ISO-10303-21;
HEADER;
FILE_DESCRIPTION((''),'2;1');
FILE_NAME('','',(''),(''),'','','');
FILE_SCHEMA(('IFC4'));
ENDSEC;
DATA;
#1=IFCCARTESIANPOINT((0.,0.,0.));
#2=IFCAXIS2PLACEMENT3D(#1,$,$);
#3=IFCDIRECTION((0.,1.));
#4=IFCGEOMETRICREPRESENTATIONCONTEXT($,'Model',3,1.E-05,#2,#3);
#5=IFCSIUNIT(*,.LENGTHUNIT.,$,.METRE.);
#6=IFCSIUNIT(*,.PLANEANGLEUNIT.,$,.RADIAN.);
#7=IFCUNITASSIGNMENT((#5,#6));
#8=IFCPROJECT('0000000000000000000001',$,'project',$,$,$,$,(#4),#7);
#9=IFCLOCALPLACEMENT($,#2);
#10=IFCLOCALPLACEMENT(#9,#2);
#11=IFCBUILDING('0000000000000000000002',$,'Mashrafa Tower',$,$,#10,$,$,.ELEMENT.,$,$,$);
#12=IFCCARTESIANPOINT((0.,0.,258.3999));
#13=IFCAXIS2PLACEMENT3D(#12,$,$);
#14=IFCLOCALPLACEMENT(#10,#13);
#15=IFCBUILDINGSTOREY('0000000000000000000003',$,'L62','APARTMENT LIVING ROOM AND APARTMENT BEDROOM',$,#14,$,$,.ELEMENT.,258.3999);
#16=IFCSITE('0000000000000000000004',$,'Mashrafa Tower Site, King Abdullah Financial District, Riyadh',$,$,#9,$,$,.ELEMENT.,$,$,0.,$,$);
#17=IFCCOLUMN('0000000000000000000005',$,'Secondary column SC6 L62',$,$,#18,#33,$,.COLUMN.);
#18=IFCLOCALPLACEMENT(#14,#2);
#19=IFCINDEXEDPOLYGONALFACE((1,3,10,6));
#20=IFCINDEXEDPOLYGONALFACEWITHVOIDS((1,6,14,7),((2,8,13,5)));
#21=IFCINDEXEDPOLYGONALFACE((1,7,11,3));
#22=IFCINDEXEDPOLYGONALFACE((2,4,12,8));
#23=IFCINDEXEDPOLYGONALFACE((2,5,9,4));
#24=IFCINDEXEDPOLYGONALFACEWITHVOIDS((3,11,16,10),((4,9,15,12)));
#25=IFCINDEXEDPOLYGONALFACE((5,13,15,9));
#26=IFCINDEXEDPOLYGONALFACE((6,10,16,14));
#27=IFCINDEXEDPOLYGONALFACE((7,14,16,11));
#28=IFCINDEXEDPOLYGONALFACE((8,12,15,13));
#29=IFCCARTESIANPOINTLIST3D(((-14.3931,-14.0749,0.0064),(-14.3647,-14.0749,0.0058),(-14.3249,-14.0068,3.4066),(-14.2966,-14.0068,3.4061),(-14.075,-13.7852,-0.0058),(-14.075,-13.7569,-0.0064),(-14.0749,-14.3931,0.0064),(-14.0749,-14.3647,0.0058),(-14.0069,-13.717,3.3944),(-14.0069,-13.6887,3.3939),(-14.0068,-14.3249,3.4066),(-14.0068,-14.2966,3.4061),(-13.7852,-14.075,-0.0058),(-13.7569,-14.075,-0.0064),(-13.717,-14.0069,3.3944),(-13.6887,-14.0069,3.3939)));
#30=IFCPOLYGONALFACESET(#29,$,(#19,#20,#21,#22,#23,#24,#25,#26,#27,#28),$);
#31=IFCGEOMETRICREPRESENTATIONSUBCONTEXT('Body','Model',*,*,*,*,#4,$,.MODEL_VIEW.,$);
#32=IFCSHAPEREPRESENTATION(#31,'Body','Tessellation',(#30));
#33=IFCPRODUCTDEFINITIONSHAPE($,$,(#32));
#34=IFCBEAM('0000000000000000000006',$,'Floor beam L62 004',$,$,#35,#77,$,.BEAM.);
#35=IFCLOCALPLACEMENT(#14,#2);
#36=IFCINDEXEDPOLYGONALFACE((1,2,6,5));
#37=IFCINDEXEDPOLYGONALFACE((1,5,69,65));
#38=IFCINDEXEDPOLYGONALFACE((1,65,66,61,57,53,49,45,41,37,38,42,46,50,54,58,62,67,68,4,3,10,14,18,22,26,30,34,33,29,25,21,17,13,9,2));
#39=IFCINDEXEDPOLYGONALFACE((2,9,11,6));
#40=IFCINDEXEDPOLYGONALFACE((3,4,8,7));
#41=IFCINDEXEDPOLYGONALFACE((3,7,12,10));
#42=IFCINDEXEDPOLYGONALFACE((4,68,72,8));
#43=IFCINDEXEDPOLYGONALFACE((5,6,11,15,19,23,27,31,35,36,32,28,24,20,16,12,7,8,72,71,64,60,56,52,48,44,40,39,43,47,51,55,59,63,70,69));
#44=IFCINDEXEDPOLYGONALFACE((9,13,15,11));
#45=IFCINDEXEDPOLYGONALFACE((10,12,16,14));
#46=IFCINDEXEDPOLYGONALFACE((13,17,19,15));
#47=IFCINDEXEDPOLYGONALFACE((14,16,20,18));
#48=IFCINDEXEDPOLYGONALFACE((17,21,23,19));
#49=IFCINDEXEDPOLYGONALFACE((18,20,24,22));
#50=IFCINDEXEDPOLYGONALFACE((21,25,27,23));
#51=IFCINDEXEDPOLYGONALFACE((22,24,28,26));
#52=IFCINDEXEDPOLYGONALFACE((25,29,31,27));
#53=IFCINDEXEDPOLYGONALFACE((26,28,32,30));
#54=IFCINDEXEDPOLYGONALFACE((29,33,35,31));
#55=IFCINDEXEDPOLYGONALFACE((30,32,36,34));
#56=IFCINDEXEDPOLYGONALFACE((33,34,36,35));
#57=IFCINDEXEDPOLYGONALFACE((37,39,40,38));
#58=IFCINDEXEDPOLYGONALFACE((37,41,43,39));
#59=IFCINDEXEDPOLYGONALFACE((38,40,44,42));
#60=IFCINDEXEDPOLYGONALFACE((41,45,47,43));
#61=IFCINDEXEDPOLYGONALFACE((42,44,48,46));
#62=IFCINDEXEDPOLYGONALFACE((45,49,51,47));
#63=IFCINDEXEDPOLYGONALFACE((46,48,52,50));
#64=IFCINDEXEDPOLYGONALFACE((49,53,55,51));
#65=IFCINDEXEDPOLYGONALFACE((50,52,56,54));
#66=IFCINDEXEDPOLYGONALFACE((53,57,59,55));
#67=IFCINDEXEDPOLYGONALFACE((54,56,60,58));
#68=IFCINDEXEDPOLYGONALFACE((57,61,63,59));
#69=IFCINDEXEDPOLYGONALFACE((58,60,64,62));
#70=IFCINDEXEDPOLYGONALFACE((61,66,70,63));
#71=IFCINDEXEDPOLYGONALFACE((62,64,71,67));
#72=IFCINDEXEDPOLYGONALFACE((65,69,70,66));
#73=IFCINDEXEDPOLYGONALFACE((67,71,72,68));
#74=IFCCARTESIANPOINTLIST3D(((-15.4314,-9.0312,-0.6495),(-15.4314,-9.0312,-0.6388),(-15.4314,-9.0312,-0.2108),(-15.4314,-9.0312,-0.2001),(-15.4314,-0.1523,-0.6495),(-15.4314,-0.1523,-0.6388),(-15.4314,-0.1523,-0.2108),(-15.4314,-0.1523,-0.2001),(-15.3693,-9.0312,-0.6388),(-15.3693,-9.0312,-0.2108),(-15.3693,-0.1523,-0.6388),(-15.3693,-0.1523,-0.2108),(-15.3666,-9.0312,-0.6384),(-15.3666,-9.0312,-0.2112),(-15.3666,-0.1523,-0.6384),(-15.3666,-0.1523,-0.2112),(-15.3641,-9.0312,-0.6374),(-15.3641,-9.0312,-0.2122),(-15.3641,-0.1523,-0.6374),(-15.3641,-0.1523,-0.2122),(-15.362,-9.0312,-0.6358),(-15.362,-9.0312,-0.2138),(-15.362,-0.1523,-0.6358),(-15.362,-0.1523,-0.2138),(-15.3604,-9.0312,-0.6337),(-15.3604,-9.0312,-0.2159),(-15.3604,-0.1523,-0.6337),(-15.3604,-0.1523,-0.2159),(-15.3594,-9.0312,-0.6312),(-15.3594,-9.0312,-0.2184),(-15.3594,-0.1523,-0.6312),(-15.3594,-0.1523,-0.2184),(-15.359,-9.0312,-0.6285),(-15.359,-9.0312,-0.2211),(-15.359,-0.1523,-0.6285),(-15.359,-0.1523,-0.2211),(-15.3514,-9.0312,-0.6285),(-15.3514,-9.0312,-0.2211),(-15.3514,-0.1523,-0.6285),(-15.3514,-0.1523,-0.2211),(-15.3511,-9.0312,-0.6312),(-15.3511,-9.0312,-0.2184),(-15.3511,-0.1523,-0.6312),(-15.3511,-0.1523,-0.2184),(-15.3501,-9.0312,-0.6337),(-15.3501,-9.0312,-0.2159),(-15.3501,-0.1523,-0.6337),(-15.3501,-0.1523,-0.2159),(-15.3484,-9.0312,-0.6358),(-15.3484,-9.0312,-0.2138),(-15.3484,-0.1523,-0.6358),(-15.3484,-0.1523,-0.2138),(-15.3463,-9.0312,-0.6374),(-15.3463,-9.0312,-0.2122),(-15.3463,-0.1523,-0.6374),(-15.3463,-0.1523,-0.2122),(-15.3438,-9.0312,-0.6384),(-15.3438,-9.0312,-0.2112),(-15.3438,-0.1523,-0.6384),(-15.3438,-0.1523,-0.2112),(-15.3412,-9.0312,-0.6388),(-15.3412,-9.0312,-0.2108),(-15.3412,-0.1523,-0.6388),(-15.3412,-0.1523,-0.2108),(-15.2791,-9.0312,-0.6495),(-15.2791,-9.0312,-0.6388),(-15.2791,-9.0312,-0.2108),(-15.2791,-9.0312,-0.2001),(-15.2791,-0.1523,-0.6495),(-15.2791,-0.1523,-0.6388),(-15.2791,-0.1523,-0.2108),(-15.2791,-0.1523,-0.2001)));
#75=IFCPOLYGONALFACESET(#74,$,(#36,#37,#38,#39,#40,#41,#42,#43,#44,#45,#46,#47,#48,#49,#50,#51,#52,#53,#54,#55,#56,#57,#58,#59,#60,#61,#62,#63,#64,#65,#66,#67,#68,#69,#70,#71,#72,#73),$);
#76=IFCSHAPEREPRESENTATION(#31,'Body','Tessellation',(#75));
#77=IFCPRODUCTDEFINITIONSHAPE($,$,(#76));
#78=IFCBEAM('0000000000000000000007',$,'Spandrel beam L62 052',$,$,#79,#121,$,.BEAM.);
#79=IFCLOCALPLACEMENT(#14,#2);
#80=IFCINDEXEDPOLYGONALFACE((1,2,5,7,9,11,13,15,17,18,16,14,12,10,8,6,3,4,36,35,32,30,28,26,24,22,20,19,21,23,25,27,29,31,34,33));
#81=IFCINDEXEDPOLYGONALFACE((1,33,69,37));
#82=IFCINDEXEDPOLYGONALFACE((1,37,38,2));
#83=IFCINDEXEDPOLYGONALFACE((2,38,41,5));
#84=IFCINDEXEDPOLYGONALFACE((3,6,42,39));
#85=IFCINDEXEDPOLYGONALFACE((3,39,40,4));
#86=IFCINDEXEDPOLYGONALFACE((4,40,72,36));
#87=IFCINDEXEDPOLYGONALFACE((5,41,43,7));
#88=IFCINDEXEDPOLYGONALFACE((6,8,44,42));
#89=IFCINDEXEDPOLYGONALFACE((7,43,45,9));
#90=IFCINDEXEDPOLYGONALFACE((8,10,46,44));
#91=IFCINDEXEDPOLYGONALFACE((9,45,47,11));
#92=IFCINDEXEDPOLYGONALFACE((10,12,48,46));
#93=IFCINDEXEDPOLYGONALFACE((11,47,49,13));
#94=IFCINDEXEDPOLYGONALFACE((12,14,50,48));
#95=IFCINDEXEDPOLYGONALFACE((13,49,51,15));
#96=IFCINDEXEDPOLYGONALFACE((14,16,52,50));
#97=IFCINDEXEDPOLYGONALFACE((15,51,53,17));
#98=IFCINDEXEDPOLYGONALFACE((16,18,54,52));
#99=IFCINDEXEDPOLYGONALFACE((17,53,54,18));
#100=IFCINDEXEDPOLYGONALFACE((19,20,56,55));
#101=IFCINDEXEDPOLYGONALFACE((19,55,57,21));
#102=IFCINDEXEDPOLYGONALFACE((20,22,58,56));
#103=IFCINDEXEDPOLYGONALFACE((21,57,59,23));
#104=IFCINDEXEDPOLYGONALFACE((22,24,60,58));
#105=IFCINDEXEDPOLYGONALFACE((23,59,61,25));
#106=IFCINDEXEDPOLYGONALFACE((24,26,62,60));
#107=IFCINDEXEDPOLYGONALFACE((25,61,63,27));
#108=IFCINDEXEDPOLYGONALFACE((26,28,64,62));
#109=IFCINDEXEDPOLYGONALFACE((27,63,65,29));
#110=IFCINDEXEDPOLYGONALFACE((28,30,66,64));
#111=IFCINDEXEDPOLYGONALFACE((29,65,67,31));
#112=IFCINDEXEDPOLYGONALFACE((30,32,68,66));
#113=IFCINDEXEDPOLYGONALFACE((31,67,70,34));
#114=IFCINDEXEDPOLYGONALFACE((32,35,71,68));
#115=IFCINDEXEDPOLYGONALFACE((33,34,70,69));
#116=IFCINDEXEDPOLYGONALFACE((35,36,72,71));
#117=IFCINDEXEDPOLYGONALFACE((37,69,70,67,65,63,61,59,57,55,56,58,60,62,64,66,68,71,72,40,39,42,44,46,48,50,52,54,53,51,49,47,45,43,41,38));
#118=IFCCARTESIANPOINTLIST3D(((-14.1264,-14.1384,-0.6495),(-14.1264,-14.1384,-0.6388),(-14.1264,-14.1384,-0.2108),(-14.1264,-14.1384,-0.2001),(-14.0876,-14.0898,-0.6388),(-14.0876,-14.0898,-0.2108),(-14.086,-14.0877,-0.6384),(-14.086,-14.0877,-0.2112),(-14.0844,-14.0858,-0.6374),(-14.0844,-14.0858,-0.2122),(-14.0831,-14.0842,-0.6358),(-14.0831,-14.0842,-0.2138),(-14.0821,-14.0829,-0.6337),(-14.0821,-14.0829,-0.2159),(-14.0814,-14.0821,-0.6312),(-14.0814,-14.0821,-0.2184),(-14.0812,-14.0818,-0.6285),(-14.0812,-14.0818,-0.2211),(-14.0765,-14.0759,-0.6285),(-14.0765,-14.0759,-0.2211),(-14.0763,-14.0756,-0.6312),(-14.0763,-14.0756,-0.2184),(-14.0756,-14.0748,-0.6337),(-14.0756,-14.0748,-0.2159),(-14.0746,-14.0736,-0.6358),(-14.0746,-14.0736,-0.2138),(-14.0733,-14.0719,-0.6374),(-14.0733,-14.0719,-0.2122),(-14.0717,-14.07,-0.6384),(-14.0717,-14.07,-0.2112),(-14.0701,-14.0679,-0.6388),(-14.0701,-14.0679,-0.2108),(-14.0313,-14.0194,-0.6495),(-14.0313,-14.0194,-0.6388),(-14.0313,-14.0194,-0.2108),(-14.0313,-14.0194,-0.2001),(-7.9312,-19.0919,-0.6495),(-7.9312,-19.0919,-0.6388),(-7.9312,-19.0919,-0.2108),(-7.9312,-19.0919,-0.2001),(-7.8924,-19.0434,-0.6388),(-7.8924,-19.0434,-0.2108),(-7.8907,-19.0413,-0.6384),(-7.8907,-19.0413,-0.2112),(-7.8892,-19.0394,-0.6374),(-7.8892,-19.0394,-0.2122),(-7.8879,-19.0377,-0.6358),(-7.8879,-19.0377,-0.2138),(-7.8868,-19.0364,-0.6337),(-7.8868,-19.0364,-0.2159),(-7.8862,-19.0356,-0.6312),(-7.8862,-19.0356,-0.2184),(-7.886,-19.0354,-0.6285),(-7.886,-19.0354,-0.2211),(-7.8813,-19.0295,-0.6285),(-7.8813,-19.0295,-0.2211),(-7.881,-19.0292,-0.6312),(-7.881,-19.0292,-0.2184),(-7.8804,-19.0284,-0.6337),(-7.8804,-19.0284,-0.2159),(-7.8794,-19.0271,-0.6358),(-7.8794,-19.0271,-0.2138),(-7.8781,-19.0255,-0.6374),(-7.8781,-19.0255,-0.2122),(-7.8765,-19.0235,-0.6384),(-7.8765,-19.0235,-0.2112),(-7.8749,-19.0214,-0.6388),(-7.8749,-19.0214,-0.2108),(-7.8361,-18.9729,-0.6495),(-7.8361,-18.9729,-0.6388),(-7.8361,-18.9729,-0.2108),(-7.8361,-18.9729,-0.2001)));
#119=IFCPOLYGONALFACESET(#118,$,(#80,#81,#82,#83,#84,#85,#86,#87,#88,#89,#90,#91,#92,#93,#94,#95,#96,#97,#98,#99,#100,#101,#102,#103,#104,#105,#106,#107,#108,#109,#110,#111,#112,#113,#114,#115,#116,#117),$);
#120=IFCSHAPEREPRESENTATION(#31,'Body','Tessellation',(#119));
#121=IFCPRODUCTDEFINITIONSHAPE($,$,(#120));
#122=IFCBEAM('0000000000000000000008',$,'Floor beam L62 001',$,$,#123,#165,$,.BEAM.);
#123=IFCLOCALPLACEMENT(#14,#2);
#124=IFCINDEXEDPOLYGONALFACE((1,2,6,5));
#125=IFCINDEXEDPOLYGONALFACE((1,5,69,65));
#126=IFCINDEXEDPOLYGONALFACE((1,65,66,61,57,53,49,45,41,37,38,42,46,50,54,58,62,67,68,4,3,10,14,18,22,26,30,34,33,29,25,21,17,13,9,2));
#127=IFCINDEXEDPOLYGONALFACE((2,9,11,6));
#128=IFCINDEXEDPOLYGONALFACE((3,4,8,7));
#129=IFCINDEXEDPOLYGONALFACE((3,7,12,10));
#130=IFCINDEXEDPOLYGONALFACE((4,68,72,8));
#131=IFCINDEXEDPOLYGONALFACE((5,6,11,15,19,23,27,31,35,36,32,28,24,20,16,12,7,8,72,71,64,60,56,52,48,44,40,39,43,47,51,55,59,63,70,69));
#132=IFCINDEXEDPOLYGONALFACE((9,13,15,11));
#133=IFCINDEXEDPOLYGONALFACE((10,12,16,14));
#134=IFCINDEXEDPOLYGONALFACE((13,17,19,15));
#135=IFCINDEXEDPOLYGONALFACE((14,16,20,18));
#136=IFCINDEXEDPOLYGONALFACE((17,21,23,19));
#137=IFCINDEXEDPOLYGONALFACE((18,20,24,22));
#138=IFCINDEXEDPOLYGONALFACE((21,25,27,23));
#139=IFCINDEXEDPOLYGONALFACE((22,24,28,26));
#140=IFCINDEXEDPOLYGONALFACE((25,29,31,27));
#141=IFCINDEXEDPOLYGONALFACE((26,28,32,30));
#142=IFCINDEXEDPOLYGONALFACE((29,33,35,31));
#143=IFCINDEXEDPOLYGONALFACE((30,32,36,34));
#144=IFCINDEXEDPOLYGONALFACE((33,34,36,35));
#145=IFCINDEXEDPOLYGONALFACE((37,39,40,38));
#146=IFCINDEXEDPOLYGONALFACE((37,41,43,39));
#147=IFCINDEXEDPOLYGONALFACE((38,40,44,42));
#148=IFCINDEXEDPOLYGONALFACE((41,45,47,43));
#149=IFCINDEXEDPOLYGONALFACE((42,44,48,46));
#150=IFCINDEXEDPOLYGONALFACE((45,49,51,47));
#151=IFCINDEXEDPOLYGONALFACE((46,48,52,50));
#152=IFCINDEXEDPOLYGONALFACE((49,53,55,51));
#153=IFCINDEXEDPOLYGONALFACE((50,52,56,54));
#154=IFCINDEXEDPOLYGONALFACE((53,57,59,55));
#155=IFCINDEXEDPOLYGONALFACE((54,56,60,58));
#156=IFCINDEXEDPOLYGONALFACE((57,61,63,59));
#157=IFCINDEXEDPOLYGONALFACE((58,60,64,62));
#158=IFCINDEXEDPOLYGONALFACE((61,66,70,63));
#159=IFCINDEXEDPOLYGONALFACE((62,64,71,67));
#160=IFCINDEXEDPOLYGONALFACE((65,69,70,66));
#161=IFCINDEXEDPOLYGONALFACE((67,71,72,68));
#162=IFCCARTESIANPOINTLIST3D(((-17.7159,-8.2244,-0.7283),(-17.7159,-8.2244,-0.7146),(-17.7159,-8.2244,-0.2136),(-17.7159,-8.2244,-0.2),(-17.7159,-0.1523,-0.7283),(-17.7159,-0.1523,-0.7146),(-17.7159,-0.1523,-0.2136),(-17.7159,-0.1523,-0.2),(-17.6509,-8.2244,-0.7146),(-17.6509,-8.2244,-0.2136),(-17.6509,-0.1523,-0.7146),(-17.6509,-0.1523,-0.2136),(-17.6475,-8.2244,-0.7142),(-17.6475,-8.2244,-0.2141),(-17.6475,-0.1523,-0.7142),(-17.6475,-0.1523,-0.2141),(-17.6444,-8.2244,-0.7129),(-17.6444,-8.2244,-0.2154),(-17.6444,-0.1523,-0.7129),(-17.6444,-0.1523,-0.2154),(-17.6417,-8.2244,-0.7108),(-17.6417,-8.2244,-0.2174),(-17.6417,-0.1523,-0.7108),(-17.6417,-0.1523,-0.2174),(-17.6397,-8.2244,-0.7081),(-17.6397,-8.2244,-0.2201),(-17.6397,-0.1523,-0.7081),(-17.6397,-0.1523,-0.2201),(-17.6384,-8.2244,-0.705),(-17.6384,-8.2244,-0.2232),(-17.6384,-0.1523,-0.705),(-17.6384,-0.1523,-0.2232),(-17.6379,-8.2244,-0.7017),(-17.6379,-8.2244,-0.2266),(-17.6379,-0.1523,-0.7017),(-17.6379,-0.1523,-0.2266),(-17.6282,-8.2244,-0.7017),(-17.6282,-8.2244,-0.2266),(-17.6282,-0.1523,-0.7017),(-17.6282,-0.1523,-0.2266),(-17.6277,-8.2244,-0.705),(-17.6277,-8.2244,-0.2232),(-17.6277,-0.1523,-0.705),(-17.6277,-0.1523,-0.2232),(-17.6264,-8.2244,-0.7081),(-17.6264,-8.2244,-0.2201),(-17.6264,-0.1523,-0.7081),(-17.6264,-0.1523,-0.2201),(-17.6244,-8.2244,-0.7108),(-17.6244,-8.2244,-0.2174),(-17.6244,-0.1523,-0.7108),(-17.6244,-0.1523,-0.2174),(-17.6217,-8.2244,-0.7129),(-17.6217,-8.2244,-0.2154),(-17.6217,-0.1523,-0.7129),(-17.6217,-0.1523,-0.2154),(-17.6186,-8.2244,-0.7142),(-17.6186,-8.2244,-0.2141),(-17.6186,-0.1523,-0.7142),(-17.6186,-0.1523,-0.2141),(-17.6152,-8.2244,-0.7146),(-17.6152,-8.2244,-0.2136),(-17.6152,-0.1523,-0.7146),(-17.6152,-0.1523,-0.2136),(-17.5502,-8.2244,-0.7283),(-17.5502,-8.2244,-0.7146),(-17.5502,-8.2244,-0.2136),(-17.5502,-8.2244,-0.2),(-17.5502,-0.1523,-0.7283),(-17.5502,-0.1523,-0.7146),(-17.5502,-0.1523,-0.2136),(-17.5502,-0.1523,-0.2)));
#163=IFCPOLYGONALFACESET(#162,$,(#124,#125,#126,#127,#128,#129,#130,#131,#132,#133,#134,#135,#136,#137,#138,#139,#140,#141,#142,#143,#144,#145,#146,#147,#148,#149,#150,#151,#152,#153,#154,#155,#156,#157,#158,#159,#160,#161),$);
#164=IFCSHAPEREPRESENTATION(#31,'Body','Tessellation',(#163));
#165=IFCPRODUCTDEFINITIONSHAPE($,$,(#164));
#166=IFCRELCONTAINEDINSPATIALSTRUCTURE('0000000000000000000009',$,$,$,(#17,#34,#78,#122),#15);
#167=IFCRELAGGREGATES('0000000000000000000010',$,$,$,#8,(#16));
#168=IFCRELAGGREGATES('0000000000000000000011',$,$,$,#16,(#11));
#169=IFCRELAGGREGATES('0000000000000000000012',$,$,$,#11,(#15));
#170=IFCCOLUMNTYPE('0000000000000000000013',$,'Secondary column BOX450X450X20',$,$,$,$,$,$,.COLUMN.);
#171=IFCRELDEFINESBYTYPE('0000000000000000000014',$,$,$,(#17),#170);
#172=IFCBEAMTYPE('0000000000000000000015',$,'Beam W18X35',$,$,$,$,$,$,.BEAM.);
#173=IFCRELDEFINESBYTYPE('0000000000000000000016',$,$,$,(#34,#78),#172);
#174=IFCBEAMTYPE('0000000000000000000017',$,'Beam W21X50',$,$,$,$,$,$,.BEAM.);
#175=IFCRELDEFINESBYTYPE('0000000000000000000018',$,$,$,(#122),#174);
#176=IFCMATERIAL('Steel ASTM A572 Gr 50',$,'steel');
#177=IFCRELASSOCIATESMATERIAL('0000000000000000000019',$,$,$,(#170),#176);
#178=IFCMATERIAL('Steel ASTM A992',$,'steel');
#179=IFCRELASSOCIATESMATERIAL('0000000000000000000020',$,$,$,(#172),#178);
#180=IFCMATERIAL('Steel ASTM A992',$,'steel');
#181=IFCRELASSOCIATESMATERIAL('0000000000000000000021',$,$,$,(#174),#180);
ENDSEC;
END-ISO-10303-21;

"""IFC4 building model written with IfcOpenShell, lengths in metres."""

from ifc_helpers import new_model, si_unit, direction, frame, origin, origin_2d, place, context, subcontext, project, spatial, hollow_rectangle, i_section, extrude, material, material_profile, profile_set, type_object, element, save


model = new_model("IFC4")

# Units and contexts
model_context = context("Model", 3, precision=1e-05, world=origin(), true_north=direction((0.0, 1.0)))
body_context = subcontext(model_context, "Body", "Model", "MODEL_VIEW")
ifc_project = project(units=[si_unit("LENGTHUNIT", "METRE"), si_unit("PLANEANGLEUNIT", "RADIAN")], contexts=[model_context])

# Site, building, storey
site_placement = place(None, origin())
site = spatial("IfcSite", under=ifc_project, at=site_placement, Name="Mashrafa Tower Site, King Abdullah Financial District, Riyadh", CompositionType="ELEMENT", RefElevation=0.0)
building_placement = place(site_placement, origin())
building = spatial("IfcBuilding", under=site, at=building_placement, Name="Mashrafa Tower", CompositionType="ELEMENT")
storey_placement = place(building_placement, frame((0.0, 0.0, 258.3999)))
storey = spatial("IfcBuildingStorey", under=building, at=storey_placement, Name="L62", Description="APARTMENT LIVING ROOM AND APARTMENT BEDROOM", CompositionType="ELEMENT", Elevation=258.3999)

# Column
ifc_material_1 = material(Name="Steel ASTM A572 Gr 50", Category="steel")
ifc_material_profile_1 = material_profile(ifc_material_1, hollow_rectangle(XDim=0.45, YDim=0.45, WallThickness=0.02, at=origin_2d()), Name="BOX450X450X20")
ifc_profile_set_1 = profile_set([ifc_material_profile_1], Name="Steel ASTM A572 Gr 50")
column_type = type_object("IfcColumnType", Name="Secondary column BOX450X450X20", PredefinedType="COLUMN", material=ifc_profile_set_1)
column_placement = place(storey_placement, frame((-14.075, -14.075, 0.0), z_axis=(0.020025, 0.020025, 0.999599), x_axis=(-0.707107, 0.707107, 0.0)))
element("IfcColumn", 1, at=column_placement, inside=storey, type_object=column_type, Name="Secondary column SC6 L62", PredefinedType="COLUMN", context=body_context, shape_type="SweptSolid", body=[
    extrude(hollow_rectangle(XDim=0.45, YDim=0.45, WallThickness=0.02, at=origin_2d()), origin(), (0.0, 0.0, 1.0), 3.4016),
])

# Beams
ifc_material_2 = material(Name="Steel ASTM A992", Category="steel")
ifc_material_profile_2 = material_profile(ifc_material_2, i_section(OverallWidth=0.1523, OverallDepth=0.4495, WebThickness=0.0076, FlangeThickness=0.0107, FilletRadius=0.0103, at=origin_2d()), Name="W18X35")
ifc_profile_set_2 = profile_set([ifc_material_profile_2], Name="Steel ASTM A992")
beam_type_1 = type_object("IfcBeamType", Name="Beam W18X35", PredefinedType="BEAM", material=ifc_profile_set_2)
beam_1_placement = place(storey_placement, frame((-15.3552, -9.0312, -0.4248), z_axis=(0.0, 1.0, 0.0), x_axis=(-1.0, 0.0, 0.0)))
element("IfcBeam", 2, at=beam_1_placement, inside=storey, type_object=beam_type_1, Name="Floor beam L62 004", PredefinedType="BEAM", context=body_context, shape_type="SweptSolid", body=[
    extrude(i_section(OverallWidth=0.1523, OverallDepth=0.4495, WebThickness=0.0076, FlangeThickness=0.0107, FilletRadius=0.0103, at=origin_2d()), origin(), (0.0, 0.0, 1.0), 8.8789),
])
beam_2_placement = place(storey_placement, frame((-14.0789, -14.0789, -0.4248), z_axis=(0.781031, -0.624492, 0.0), x_axis=(0.624492, 0.781031, 0.0)))
element("IfcBeam", 3, at=beam_2_placement, inside=storey, type_object=beam_type_1, Name="Spandrel beam L62 052", PredefinedType="BEAM", context=body_context, shape_type="SweptSolid", body=[
    extrude(i_section(OverallWidth=0.1523, OverallDepth=0.4495, WebThickness=0.0076, FlangeThickness=0.0107, FilletRadius=0.0103, at=origin_2d()), origin(), (0.0, 0.0, 1.0), 7.9321),
])
ifc_material_3 = material(Name="Steel ASTM A992", Category="steel")
ifc_material_profile_3 = material_profile(ifc_material_3, i_section(OverallWidth=0.1658, OverallDepth=0.5283, WebThickness=0.0098, FlangeThickness=0.0137, FilletRadius=0.0129, at=origin_2d()), Name="W21X50")
ifc_profile_set_3 = profile_set([ifc_material_profile_3], Name="Steel ASTM A992")
beam_type_2 = type_object("IfcBeamType", Name="Beam W21X50", PredefinedType="BEAM", material=ifc_profile_set_3)
beam_3_placement = place(storey_placement, frame((-17.6331, -8.2244, -0.4641), z_axis=(0.0, 1.0, 0.0), x_axis=(-1.0, 0.0, 0.0)))
element("IfcBeam", 4, at=beam_3_placement, inside=storey, type_object=beam_type_2, Name="Floor beam L62 001", PredefinedType="BEAM", context=body_context, shape_type="SweptSolid", body=[
    extrude(i_section(OverallWidth=0.1658, OverallDepth=0.5283, WebThickness=0.0098, FlangeThickness=0.0137, FilletRadius=0.0129, at=origin_2d()), origin(), (0.0, 0.0, 1.0), 8.072),
])

save(model, "model.ifc")
